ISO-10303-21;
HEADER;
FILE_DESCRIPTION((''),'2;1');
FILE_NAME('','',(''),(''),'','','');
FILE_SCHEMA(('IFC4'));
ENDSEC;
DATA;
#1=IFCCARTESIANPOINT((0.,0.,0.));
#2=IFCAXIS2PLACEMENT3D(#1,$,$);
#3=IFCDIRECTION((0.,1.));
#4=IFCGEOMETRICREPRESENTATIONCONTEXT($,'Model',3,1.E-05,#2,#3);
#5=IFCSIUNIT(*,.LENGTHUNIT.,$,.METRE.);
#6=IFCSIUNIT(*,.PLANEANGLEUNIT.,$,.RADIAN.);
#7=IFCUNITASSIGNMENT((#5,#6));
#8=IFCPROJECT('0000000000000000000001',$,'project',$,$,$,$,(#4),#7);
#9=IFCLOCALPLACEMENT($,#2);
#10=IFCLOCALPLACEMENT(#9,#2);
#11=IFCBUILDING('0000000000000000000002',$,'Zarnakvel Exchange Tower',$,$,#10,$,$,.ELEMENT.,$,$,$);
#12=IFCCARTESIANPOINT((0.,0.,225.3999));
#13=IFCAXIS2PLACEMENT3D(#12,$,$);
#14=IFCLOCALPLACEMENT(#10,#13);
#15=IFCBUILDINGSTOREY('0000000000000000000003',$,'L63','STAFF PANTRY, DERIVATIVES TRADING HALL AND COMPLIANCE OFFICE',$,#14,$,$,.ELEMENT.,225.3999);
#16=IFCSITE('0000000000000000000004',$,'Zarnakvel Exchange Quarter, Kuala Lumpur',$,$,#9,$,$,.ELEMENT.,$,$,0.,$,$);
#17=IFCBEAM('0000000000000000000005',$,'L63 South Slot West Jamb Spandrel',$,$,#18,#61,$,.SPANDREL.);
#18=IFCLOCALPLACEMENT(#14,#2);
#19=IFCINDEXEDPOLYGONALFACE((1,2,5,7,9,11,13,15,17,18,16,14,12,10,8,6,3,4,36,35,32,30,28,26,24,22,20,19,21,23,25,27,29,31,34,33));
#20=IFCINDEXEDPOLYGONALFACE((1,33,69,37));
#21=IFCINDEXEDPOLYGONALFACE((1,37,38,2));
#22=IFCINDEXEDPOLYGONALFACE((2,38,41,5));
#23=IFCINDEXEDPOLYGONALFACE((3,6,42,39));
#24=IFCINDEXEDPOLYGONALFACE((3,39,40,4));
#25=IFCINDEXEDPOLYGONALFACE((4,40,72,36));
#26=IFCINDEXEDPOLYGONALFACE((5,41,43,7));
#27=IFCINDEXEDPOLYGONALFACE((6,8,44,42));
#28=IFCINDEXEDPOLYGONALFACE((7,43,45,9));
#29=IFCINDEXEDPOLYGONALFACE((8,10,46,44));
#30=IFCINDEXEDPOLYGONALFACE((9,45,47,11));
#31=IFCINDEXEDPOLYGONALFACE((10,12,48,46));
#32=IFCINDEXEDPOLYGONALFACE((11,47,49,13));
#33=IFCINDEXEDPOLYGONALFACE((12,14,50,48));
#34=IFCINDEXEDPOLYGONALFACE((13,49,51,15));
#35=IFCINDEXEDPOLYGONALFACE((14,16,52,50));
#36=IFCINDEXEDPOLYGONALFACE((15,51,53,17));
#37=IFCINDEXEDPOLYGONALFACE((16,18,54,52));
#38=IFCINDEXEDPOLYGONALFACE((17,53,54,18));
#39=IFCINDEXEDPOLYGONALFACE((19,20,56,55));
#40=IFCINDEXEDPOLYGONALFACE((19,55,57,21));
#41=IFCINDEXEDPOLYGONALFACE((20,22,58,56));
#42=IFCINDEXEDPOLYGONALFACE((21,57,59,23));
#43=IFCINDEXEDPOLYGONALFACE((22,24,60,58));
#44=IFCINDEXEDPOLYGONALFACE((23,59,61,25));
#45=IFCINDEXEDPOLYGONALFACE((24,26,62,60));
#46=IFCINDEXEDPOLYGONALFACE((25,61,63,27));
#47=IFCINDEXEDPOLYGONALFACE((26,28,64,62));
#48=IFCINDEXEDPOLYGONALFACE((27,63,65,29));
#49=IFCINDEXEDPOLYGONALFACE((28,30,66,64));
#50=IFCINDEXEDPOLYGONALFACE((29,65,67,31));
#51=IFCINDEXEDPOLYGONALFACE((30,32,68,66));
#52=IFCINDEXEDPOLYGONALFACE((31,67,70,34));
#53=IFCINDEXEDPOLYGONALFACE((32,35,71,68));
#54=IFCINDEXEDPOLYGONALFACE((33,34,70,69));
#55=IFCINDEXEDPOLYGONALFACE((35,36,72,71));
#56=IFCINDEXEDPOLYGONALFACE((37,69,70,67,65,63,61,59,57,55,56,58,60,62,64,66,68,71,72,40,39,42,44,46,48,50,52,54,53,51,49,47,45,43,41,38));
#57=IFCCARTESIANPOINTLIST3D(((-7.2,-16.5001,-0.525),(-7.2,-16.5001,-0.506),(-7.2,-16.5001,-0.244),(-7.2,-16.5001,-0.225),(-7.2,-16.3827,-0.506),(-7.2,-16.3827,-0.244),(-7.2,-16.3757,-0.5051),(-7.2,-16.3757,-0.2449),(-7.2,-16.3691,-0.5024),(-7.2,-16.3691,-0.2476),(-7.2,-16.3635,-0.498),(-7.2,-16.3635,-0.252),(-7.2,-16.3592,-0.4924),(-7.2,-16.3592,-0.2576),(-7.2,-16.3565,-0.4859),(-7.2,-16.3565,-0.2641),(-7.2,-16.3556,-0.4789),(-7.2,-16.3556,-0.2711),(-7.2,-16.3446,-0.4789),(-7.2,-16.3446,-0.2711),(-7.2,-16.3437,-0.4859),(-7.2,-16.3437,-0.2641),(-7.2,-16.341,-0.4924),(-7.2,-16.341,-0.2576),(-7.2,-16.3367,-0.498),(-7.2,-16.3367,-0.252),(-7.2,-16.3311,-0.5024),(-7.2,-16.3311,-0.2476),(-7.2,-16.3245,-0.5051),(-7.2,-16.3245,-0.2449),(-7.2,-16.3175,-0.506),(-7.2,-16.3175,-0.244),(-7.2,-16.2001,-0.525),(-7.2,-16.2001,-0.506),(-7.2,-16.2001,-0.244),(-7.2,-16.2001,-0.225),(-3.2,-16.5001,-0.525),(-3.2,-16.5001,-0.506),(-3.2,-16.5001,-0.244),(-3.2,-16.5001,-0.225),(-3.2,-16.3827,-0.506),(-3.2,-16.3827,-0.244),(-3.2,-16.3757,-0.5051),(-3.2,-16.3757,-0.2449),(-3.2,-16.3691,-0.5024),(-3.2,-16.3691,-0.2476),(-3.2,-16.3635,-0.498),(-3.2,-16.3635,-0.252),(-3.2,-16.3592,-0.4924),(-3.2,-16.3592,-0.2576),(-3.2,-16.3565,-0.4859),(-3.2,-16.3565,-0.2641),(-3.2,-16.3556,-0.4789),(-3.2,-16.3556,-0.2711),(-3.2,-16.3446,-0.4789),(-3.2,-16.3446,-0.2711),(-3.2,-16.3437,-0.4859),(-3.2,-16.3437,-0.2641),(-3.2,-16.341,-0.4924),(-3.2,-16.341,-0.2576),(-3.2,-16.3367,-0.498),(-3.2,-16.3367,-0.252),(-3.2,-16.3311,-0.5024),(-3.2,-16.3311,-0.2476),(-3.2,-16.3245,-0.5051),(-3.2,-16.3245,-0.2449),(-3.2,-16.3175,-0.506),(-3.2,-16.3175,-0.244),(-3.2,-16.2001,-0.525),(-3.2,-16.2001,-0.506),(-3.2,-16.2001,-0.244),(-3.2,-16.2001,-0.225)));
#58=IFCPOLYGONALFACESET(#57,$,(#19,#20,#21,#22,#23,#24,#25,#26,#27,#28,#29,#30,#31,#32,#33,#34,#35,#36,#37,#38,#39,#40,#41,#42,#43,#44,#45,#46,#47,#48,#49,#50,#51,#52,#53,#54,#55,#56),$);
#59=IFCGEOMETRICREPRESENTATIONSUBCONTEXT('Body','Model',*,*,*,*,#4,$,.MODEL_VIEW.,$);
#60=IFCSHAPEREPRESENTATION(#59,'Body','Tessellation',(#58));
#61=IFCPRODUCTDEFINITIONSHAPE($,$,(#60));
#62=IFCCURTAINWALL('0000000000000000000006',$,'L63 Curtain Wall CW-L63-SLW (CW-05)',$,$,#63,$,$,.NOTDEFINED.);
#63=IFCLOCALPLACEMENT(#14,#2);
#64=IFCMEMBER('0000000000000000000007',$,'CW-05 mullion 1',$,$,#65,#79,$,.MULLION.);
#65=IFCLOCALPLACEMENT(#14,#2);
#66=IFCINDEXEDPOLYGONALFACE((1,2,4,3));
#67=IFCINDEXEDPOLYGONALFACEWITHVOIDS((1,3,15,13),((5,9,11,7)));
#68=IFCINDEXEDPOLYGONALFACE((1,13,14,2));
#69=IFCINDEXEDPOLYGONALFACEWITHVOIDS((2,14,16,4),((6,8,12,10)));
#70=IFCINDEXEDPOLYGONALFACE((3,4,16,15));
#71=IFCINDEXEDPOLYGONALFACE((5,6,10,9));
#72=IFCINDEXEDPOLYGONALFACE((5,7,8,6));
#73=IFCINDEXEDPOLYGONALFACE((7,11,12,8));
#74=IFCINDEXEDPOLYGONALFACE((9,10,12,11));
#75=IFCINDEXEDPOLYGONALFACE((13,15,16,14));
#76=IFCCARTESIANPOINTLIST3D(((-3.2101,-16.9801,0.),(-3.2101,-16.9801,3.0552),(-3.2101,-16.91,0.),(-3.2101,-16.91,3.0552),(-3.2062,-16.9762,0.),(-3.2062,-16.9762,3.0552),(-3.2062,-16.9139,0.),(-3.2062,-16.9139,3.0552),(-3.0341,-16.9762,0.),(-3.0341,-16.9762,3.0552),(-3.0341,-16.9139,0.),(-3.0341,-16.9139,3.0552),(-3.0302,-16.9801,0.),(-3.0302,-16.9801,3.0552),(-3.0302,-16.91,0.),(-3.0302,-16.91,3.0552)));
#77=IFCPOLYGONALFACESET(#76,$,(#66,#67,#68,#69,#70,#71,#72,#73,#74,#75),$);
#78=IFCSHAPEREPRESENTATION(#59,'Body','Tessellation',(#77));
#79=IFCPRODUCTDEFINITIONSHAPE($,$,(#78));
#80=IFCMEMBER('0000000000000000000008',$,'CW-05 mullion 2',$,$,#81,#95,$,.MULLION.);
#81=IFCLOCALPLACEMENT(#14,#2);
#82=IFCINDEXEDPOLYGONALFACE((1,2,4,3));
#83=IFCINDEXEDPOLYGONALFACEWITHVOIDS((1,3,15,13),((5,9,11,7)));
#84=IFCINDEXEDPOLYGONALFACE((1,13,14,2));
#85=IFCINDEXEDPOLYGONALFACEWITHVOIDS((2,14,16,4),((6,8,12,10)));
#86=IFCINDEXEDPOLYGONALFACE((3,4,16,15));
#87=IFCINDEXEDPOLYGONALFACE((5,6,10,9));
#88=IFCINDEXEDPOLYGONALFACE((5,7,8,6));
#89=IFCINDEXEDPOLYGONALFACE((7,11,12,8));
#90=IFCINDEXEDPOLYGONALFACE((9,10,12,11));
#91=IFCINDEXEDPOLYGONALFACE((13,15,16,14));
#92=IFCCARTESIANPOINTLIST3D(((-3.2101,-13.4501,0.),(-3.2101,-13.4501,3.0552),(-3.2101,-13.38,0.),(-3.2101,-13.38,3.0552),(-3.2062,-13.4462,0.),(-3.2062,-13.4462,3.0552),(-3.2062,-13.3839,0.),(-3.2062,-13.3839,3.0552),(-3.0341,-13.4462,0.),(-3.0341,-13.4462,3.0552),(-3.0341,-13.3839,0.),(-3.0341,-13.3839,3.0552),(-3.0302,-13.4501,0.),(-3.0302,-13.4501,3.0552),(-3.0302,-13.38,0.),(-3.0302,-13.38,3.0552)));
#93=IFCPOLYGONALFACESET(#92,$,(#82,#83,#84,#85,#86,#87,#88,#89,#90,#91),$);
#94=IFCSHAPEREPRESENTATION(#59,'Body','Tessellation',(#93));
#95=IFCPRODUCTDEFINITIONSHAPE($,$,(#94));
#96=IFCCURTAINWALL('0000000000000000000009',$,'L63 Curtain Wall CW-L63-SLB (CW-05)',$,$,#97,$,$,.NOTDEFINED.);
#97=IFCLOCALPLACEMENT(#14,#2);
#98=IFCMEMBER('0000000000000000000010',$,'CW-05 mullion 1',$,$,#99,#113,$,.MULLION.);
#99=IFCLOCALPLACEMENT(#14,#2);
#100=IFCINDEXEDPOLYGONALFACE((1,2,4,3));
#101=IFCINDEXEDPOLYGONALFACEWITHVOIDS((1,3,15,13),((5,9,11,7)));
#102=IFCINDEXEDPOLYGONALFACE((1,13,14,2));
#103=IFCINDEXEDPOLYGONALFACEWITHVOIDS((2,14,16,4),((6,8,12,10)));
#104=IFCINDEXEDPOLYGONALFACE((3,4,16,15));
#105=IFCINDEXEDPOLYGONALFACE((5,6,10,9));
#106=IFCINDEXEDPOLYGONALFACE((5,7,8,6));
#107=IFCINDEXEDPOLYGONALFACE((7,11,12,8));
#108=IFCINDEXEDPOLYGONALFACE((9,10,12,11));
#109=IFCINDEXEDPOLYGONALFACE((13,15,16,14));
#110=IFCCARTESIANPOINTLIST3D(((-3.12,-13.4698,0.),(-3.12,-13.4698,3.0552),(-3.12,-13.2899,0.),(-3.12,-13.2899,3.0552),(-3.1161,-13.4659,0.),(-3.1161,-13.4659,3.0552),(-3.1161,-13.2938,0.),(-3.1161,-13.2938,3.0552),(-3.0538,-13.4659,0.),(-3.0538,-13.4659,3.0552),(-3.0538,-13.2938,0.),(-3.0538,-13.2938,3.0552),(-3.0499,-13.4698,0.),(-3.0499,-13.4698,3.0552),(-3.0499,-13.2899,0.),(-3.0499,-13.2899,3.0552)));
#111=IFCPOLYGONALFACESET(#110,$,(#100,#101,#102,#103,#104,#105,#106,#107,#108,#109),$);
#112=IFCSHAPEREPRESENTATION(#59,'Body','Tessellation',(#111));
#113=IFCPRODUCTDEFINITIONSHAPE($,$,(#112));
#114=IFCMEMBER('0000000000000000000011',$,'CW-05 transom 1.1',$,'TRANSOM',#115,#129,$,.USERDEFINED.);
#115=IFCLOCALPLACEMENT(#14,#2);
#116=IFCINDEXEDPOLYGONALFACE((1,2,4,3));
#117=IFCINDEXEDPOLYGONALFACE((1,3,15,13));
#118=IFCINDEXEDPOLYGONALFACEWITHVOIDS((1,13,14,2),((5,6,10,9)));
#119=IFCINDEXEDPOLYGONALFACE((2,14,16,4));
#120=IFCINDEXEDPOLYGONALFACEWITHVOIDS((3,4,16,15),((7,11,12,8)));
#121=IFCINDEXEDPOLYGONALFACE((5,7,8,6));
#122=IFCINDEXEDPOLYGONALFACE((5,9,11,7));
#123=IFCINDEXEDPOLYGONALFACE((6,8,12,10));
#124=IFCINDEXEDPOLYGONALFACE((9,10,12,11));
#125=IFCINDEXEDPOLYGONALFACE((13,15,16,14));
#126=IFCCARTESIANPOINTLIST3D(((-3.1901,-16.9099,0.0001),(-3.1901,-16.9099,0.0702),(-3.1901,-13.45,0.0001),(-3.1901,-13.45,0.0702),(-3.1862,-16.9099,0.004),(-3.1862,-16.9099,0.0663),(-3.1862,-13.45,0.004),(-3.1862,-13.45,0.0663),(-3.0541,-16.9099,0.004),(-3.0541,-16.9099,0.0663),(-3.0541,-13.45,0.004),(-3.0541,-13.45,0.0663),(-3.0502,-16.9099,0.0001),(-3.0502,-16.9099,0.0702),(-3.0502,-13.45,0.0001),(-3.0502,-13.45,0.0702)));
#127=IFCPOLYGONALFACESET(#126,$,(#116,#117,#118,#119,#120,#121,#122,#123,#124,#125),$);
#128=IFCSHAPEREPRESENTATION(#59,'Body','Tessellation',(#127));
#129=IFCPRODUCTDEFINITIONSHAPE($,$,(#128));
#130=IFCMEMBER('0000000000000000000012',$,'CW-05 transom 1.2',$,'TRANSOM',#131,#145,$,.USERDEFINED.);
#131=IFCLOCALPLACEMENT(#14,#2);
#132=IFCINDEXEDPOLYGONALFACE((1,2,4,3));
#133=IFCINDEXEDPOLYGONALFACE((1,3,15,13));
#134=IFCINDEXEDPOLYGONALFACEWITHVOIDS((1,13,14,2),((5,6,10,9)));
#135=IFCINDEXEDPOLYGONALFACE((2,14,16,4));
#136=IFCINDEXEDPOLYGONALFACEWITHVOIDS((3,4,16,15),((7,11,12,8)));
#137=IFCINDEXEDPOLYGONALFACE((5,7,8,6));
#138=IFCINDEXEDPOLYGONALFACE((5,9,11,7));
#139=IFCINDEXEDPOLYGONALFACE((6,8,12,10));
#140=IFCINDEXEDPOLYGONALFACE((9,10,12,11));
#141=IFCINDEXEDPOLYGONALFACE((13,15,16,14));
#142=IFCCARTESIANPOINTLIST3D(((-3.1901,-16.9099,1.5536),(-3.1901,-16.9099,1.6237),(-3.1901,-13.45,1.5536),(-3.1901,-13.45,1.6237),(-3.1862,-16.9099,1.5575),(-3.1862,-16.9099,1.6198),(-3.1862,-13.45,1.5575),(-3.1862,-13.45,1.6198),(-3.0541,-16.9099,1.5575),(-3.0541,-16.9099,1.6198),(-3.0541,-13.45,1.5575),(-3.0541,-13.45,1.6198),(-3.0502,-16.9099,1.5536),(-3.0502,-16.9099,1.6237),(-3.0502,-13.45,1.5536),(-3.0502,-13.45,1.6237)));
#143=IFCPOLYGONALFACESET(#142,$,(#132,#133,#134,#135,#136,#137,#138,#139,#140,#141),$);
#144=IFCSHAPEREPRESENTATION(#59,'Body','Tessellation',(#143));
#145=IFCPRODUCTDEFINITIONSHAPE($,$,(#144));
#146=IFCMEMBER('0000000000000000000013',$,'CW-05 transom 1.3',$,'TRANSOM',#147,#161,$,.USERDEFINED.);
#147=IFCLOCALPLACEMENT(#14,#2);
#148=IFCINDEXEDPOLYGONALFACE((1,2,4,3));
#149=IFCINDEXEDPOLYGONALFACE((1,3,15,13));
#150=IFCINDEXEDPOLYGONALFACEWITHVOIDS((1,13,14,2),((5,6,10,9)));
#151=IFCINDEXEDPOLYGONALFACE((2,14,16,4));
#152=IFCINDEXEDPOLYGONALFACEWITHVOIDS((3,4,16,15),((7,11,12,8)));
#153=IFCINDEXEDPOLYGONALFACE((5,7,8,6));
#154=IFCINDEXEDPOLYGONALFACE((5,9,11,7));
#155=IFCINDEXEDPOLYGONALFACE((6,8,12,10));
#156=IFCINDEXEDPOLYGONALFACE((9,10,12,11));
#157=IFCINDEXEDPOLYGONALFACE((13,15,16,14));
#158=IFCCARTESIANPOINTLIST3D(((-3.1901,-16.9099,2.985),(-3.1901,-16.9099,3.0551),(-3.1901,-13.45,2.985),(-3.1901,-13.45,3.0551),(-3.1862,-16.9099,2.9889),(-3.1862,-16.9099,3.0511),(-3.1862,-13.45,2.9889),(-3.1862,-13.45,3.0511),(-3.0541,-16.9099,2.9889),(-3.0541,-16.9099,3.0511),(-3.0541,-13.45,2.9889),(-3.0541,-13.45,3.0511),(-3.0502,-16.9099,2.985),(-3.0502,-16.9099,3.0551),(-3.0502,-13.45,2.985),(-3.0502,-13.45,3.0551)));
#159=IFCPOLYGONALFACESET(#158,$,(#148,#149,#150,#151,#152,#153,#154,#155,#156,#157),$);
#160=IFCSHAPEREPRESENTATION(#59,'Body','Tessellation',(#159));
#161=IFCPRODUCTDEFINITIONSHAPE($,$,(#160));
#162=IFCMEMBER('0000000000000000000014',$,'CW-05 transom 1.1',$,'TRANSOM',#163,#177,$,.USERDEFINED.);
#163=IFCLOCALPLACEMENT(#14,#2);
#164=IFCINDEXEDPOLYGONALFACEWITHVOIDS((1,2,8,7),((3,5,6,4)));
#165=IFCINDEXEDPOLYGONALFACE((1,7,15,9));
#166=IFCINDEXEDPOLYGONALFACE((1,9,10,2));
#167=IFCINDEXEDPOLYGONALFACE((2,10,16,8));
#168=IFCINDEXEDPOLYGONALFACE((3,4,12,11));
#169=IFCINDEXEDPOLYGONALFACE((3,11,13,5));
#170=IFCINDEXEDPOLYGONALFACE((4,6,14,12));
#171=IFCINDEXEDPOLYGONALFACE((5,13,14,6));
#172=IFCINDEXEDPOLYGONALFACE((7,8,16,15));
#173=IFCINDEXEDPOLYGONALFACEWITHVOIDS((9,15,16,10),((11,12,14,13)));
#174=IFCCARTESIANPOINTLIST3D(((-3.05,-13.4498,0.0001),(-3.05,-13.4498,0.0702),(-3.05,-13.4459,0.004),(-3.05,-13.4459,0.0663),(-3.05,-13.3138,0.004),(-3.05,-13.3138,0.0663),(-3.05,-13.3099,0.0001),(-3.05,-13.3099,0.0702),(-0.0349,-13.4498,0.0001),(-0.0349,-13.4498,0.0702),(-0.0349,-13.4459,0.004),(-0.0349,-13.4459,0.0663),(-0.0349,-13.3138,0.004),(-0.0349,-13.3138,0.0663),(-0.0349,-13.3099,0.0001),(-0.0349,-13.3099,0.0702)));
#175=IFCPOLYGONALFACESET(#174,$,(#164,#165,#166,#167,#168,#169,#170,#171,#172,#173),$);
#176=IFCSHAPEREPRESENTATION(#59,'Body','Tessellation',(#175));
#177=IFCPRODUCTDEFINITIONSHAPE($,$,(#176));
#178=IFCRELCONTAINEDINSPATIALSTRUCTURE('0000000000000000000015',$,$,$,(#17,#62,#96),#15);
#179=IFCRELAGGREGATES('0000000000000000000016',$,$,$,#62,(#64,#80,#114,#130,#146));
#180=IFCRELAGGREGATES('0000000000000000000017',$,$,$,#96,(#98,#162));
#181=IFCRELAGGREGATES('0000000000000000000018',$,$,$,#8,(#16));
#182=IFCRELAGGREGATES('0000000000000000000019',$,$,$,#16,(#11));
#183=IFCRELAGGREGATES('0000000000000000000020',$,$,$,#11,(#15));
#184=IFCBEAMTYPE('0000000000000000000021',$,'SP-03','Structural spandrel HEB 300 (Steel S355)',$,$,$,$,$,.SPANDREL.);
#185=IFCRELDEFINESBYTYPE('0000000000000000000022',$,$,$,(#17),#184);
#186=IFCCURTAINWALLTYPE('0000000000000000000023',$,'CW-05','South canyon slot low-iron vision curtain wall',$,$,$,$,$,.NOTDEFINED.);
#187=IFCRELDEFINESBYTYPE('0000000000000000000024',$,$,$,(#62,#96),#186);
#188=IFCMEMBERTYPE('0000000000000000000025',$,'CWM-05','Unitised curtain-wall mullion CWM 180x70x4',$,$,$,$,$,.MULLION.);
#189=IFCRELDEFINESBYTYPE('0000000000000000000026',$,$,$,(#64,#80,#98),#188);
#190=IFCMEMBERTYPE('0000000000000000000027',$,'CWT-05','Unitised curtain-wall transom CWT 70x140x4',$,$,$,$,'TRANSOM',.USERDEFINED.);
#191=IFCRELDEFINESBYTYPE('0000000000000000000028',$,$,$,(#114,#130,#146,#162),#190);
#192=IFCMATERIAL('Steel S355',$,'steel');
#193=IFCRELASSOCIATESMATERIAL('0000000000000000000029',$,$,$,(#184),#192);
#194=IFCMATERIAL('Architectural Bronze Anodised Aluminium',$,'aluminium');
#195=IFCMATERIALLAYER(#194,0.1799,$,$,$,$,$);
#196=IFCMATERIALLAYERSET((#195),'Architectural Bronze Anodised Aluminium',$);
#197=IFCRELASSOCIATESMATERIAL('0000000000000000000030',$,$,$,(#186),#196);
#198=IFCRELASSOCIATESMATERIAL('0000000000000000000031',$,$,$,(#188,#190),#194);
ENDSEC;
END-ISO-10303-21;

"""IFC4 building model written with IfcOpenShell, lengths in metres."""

from ifc_helpers import new_model, si_unit, direction, frame, origin, origin_2d, place, context, subcontext, project, spatial, hollow_rectangle, i_section, extrude, source, transform, mapped, material, layer, layer_set, material_profile, profile_set, type_object, element, aggregate, save


model = new_model("IFC4")

# Units and contexts
model_context = context("Model", 3, precision=1e-05, world=origin(), true_north=direction((0.0, 1.0)))
body_context = subcontext(model_context, "Body", "Model", "MODEL_VIEW")
ifc_project = project(units=[si_unit("LENGTHUNIT", "METRE"), si_unit("PLANEANGLEUNIT", "RADIAN")], contexts=[model_context])

# Site, building, storey
site_placement = place(None, origin())
site = spatial("IfcSite", under=ifc_project, at=site_placement, Name="Zarnakvel Exchange Quarter, Kuala Lumpur", CompositionType="ELEMENT", RefElevation=0.0)
building_placement = place(site_placement, origin())
building = spatial("IfcBuilding", under=site, at=building_placement, Name="Zarnakvel Exchange Tower", CompositionType="ELEMENT")
storey_placement = place(building_placement, frame((0.0, 0.0, 225.3999)))
storey = spatial("IfcBuildingStorey", under=building, at=storey_placement, Name="L63", Description="STAFF PANTRY, DERIVATIVES TRADING HALL AND COMPLIANCE OFFICE", CompositionType="ELEMENT", Elevation=225.3999)

# Beam
ifc_material_1 = material(Name="Steel S355", Category="steel")
ifc_material_profile_1 = material_profile(ifc_material_1, i_section(OverallWidth=0.3, OverallDepth=0.3, WebThickness=0.011, FlangeThickness=0.019, FilletRadius=0.0271, at=origin_2d()))
ifc_profile_set_1 = profile_set([ifc_material_profile_1], Name="Steel S355")
beam_type_1 = type_object("IfcBeamType", Name="SP-03", Description="Structural spandrel HEB 300 (Steel S355)", PredefinedType="SPANDREL", material=ifc_profile_set_1)
beam_1_placement = place(storey_placement, frame((-7.2, -16.3501, -0.375), z_axis=(1.0, 0.0, 0.0), x_axis=(0.0, 1.0, 0.0)))
element("IfcBeam", 1, at=beam_1_placement, inside=storey, type_object=beam_type_1, Name="L63 South Slot West Jamb Spandrel", PredefinedType="SPANDREL", context=body_context, shape_type="SweptSolid", body=[
    extrude(i_section(OverallWidth=0.3, OverallDepth=0.3, WebThickness=0.011, FlangeThickness=0.019, FilletRadius=0.0271, at=origin_2d()), origin(), (0.0, 0.0, 1.0), 4.0),
])

# Curtain wall, members
ifc_material_2 = material(Name="Architectural Bronze Anodised Aluminium", Category="aluminium")
ifc_layer_1 = layer(ifc_material_2, 0.1799)
ifc_layer_set_1 = layer_set([ifc_layer_1], Name="Architectural Bronze Anodised Aluminium")
curtain_wall_type = type_object("IfcCurtainWallType", Name="CW-05", Description="South canyon slot low-iron vision curtain wall", PredefinedType="NOTDEFINED", material=ifc_layer_set_1)
curtain_wall_1_placement = place(storey_placement, origin())
curtain_wall_1 = element("IfcCurtainWall", 2, at=curtain_wall_1_placement, inside=storey, type_object=curtain_wall_type, Name="L63 Curtain Wall CW-L63-SLW (CW-05)", PredefinedType="NOTDEFINED")
ifc_material_profile_2 = material_profile(ifc_material_2, hollow_rectangle(XDim=0.1799, YDim=0.0701, WallThickness=0.0039, at=origin_2d()))
ifc_profile_set_2 = profile_set([ifc_material_profile_2], Name="Architectural Bronze Anodised Aluminium")
member_type_1 = type_object("IfcMemberType", Name="CWM-05", Description="Unitised curtain-wall mullion CWM 180x70x4", PredefinedType="MULLION", material=ifc_profile_set_2)
shared_shape_1 = source(origin(), body_context, "Body", "SweptSolid", [
    extrude(hollow_rectangle(XDim=0.1799, YDim=0.0701, WallThickness=0.0039, at=origin_2d()), origin(), (0.0, 0.0, 1.0), 3.0552),
])
member_1_placement = place(storey_placement, frame((-3.1201, -16.9451, 0.0), z_axis=(0.0, 0.0, 1.0), x_axis=(-1.0, 0.0, 0.0)))
member_1 = element("IfcMember", 3, at=member_1_placement, type_object=member_type_1, Name="CW-05 mullion 1", PredefinedType="MULLION", context=body_context, shape_type="MappedRepresentation", body=[
    mapped(shared_shape_1, transform((0.0, 0.0, 0.0), x_axis=(1.0, 0.0, 0.0), y_axis=(0.0, 1.0, 0.0), z_axis=(0.0, 0.0, 1.0), scale=1.0)),
])
member_2_placement = place(storey_placement, frame((-3.1201, -13.415, 0.0), z_axis=(0.0, 0.0, 1.0), x_axis=(-1.0, 0.0, 0.0)))
member_2 = element("IfcMember", 4, at=member_2_placement, type_object=member_type_1, Name="CW-05 mullion 2", PredefinedType="MULLION", context=body_context, shape_type="MappedRepresentation", body=[
    mapped(shared_shape_1, transform((0.0, 0.0, 0.0), x_axis=(1.0, 0.0, 0.0), y_axis=(0.0, 1.0, 0.0), z_axis=(0.0, 0.0, 1.0), scale=1.0)),
])

# Curtain wall, member
curtain_wall_2_placement = place(storey_placement, origin())
curtain_wall_2 = element("IfcCurtainWall", 5, at=curtain_wall_2_placement, inside=storey, type_object=curtain_wall_type, Name="L63 Curtain Wall CW-L63-SLB (CW-05)", PredefinedType="NOTDEFINED")
member_3_placement = place(storey_placement, frame((-3.085, -13.3799, 0.0), z_axis=(0.0, 0.0, 1.0), x_axis=(0.0, 1.0, 0.0)))
member_3 = element("IfcMember", 6, at=member_3_placement, type_object=member_type_1, Name="CW-05 mullion 1", PredefinedType="MULLION", context=body_context, shape_type="MappedRepresentation", body=[
    mapped(shared_shape_1, transform((0.0, 0.0, 0.0), x_axis=(1.0, 0.0, 0.0), y_axis=(0.0, 1.0, 0.0), z_axis=(0.0, 0.0, 1.0), scale=1.0)),
])

# Members
ifc_material_profile_3 = material_profile(ifc_material_2, hollow_rectangle(XDim=0.1399, YDim=0.0701, WallThickness=0.0039, at=origin_2d()))
ifc_profile_set_3 = profile_set([ifc_material_profile_3], Name="Architectural Bronze Anodised Aluminium")
member_type_2 = type_object("IfcMemberType", Name="CWT-05", Description="Unitised curtain-wall transom CWT 70x140x4", ElementType="TRANSOM", PredefinedType="USERDEFINED", material=ifc_profile_set_3)
shared_shape_2 = source(origin(), body_context, "Body", "SweptSolid", [
    extrude(hollow_rectangle(XDim=0.1399, YDim=0.0701, WallThickness=0.0039, at=origin_2d()), origin(), (0.0, 0.0, 1.0), 3.46),
])
member_4_placement = place(storey_placement, frame((-3.1201, -16.9099, 0.0352), z_axis=(0.0, 1.0, 0.0), x_axis=(-1.0, 0.0, 0.0)))
member_4 = element("IfcMember", 7, at=member_4_placement, type_object=member_type_2, Name="CW-05 transom 1.1", ObjectType="TRANSOM", PredefinedType="USERDEFINED", context=body_context, shape_type="MappedRepresentation", body=[
    mapped(shared_shape_2, transform((0.0, 0.0, 0.0), x_axis=(1.0, 0.0, 0.0), y_axis=(0.0, 1.0, 0.0), z_axis=(0.0, 0.0, 1.0), scale=1.0)),
])
member_5_placement = place(storey_placement, frame((-3.1201, -16.9099, 1.5886), z_axis=(0.0, 1.0, 0.0), x_axis=(-1.0, 0.0, 0.0)))
member_5 = element("IfcMember", 8, at=member_5_placement, type_object=member_type_2, Name="CW-05 transom 1.2", ObjectType="TRANSOM", PredefinedType="USERDEFINED", context=body_context, shape_type="MappedRepresentation", body=[
    mapped(shared_shape_2, transform((0.0, 0.0, 0.0), x_axis=(1.0, 0.0, 0.0), y_axis=(0.0, 1.0, 0.0), z_axis=(0.0, 0.0, 1.0), scale=1.0)),
])
member_6_placement = place(storey_placement, frame((-3.1201, -16.9099, 3.02), z_axis=(0.0, 1.0, 0.0), x_axis=(-1.0, 0.0, 0.0)))
member_6 = element("IfcMember", 9, at=member_6_placement, type_object=member_type_2, Name="CW-05 transom 1.3", ObjectType="TRANSOM", PredefinedType="USERDEFINED", context=body_context, shape_type="MappedRepresentation", body=[
    mapped(shared_shape_2, transform((0.0, 0.0, 0.0), x_axis=(1.0, 0.0, 0.0), y_axis=(0.0, 1.0, 0.0), z_axis=(0.0, 0.0, 1.0), scale=1.0)),
])
shared_shape_3 = source(origin(), body_context, "Body", "SweptSolid", [
    extrude(hollow_rectangle(XDim=0.1399, YDim=0.0701, WallThickness=0.0039, at=origin_2d()), origin(), (0.0, 0.0, 1.0), 3.0151),
])
member_7_placement = place(storey_placement, frame((-3.05, -13.3799, 0.0352), z_axis=(1.0, 0.0, 0.0), x_axis=(0.0, 1.0, 0.0)))
member_7 = element("IfcMember", 10, at=member_7_placement, type_object=member_type_2, Name="CW-05 transom 1.1", ObjectType="TRANSOM", PredefinedType="USERDEFINED", context=body_context, shape_type="MappedRepresentation", body=[
    mapped(shared_shape_3, transform((0.0, 0.0, 0.0), x_axis=(1.0, 0.0, 0.0), y_axis=(0.0, 1.0, 0.0), z_axis=(0.0, 0.0, 1.0), scale=1.0)),
])

aggregate(curtain_wall_1, [member_1, member_2, member_4, member_5, member_6])
aggregate(curtain_wall_2, [member_3, member_7])

save(model, "model.ifc")
